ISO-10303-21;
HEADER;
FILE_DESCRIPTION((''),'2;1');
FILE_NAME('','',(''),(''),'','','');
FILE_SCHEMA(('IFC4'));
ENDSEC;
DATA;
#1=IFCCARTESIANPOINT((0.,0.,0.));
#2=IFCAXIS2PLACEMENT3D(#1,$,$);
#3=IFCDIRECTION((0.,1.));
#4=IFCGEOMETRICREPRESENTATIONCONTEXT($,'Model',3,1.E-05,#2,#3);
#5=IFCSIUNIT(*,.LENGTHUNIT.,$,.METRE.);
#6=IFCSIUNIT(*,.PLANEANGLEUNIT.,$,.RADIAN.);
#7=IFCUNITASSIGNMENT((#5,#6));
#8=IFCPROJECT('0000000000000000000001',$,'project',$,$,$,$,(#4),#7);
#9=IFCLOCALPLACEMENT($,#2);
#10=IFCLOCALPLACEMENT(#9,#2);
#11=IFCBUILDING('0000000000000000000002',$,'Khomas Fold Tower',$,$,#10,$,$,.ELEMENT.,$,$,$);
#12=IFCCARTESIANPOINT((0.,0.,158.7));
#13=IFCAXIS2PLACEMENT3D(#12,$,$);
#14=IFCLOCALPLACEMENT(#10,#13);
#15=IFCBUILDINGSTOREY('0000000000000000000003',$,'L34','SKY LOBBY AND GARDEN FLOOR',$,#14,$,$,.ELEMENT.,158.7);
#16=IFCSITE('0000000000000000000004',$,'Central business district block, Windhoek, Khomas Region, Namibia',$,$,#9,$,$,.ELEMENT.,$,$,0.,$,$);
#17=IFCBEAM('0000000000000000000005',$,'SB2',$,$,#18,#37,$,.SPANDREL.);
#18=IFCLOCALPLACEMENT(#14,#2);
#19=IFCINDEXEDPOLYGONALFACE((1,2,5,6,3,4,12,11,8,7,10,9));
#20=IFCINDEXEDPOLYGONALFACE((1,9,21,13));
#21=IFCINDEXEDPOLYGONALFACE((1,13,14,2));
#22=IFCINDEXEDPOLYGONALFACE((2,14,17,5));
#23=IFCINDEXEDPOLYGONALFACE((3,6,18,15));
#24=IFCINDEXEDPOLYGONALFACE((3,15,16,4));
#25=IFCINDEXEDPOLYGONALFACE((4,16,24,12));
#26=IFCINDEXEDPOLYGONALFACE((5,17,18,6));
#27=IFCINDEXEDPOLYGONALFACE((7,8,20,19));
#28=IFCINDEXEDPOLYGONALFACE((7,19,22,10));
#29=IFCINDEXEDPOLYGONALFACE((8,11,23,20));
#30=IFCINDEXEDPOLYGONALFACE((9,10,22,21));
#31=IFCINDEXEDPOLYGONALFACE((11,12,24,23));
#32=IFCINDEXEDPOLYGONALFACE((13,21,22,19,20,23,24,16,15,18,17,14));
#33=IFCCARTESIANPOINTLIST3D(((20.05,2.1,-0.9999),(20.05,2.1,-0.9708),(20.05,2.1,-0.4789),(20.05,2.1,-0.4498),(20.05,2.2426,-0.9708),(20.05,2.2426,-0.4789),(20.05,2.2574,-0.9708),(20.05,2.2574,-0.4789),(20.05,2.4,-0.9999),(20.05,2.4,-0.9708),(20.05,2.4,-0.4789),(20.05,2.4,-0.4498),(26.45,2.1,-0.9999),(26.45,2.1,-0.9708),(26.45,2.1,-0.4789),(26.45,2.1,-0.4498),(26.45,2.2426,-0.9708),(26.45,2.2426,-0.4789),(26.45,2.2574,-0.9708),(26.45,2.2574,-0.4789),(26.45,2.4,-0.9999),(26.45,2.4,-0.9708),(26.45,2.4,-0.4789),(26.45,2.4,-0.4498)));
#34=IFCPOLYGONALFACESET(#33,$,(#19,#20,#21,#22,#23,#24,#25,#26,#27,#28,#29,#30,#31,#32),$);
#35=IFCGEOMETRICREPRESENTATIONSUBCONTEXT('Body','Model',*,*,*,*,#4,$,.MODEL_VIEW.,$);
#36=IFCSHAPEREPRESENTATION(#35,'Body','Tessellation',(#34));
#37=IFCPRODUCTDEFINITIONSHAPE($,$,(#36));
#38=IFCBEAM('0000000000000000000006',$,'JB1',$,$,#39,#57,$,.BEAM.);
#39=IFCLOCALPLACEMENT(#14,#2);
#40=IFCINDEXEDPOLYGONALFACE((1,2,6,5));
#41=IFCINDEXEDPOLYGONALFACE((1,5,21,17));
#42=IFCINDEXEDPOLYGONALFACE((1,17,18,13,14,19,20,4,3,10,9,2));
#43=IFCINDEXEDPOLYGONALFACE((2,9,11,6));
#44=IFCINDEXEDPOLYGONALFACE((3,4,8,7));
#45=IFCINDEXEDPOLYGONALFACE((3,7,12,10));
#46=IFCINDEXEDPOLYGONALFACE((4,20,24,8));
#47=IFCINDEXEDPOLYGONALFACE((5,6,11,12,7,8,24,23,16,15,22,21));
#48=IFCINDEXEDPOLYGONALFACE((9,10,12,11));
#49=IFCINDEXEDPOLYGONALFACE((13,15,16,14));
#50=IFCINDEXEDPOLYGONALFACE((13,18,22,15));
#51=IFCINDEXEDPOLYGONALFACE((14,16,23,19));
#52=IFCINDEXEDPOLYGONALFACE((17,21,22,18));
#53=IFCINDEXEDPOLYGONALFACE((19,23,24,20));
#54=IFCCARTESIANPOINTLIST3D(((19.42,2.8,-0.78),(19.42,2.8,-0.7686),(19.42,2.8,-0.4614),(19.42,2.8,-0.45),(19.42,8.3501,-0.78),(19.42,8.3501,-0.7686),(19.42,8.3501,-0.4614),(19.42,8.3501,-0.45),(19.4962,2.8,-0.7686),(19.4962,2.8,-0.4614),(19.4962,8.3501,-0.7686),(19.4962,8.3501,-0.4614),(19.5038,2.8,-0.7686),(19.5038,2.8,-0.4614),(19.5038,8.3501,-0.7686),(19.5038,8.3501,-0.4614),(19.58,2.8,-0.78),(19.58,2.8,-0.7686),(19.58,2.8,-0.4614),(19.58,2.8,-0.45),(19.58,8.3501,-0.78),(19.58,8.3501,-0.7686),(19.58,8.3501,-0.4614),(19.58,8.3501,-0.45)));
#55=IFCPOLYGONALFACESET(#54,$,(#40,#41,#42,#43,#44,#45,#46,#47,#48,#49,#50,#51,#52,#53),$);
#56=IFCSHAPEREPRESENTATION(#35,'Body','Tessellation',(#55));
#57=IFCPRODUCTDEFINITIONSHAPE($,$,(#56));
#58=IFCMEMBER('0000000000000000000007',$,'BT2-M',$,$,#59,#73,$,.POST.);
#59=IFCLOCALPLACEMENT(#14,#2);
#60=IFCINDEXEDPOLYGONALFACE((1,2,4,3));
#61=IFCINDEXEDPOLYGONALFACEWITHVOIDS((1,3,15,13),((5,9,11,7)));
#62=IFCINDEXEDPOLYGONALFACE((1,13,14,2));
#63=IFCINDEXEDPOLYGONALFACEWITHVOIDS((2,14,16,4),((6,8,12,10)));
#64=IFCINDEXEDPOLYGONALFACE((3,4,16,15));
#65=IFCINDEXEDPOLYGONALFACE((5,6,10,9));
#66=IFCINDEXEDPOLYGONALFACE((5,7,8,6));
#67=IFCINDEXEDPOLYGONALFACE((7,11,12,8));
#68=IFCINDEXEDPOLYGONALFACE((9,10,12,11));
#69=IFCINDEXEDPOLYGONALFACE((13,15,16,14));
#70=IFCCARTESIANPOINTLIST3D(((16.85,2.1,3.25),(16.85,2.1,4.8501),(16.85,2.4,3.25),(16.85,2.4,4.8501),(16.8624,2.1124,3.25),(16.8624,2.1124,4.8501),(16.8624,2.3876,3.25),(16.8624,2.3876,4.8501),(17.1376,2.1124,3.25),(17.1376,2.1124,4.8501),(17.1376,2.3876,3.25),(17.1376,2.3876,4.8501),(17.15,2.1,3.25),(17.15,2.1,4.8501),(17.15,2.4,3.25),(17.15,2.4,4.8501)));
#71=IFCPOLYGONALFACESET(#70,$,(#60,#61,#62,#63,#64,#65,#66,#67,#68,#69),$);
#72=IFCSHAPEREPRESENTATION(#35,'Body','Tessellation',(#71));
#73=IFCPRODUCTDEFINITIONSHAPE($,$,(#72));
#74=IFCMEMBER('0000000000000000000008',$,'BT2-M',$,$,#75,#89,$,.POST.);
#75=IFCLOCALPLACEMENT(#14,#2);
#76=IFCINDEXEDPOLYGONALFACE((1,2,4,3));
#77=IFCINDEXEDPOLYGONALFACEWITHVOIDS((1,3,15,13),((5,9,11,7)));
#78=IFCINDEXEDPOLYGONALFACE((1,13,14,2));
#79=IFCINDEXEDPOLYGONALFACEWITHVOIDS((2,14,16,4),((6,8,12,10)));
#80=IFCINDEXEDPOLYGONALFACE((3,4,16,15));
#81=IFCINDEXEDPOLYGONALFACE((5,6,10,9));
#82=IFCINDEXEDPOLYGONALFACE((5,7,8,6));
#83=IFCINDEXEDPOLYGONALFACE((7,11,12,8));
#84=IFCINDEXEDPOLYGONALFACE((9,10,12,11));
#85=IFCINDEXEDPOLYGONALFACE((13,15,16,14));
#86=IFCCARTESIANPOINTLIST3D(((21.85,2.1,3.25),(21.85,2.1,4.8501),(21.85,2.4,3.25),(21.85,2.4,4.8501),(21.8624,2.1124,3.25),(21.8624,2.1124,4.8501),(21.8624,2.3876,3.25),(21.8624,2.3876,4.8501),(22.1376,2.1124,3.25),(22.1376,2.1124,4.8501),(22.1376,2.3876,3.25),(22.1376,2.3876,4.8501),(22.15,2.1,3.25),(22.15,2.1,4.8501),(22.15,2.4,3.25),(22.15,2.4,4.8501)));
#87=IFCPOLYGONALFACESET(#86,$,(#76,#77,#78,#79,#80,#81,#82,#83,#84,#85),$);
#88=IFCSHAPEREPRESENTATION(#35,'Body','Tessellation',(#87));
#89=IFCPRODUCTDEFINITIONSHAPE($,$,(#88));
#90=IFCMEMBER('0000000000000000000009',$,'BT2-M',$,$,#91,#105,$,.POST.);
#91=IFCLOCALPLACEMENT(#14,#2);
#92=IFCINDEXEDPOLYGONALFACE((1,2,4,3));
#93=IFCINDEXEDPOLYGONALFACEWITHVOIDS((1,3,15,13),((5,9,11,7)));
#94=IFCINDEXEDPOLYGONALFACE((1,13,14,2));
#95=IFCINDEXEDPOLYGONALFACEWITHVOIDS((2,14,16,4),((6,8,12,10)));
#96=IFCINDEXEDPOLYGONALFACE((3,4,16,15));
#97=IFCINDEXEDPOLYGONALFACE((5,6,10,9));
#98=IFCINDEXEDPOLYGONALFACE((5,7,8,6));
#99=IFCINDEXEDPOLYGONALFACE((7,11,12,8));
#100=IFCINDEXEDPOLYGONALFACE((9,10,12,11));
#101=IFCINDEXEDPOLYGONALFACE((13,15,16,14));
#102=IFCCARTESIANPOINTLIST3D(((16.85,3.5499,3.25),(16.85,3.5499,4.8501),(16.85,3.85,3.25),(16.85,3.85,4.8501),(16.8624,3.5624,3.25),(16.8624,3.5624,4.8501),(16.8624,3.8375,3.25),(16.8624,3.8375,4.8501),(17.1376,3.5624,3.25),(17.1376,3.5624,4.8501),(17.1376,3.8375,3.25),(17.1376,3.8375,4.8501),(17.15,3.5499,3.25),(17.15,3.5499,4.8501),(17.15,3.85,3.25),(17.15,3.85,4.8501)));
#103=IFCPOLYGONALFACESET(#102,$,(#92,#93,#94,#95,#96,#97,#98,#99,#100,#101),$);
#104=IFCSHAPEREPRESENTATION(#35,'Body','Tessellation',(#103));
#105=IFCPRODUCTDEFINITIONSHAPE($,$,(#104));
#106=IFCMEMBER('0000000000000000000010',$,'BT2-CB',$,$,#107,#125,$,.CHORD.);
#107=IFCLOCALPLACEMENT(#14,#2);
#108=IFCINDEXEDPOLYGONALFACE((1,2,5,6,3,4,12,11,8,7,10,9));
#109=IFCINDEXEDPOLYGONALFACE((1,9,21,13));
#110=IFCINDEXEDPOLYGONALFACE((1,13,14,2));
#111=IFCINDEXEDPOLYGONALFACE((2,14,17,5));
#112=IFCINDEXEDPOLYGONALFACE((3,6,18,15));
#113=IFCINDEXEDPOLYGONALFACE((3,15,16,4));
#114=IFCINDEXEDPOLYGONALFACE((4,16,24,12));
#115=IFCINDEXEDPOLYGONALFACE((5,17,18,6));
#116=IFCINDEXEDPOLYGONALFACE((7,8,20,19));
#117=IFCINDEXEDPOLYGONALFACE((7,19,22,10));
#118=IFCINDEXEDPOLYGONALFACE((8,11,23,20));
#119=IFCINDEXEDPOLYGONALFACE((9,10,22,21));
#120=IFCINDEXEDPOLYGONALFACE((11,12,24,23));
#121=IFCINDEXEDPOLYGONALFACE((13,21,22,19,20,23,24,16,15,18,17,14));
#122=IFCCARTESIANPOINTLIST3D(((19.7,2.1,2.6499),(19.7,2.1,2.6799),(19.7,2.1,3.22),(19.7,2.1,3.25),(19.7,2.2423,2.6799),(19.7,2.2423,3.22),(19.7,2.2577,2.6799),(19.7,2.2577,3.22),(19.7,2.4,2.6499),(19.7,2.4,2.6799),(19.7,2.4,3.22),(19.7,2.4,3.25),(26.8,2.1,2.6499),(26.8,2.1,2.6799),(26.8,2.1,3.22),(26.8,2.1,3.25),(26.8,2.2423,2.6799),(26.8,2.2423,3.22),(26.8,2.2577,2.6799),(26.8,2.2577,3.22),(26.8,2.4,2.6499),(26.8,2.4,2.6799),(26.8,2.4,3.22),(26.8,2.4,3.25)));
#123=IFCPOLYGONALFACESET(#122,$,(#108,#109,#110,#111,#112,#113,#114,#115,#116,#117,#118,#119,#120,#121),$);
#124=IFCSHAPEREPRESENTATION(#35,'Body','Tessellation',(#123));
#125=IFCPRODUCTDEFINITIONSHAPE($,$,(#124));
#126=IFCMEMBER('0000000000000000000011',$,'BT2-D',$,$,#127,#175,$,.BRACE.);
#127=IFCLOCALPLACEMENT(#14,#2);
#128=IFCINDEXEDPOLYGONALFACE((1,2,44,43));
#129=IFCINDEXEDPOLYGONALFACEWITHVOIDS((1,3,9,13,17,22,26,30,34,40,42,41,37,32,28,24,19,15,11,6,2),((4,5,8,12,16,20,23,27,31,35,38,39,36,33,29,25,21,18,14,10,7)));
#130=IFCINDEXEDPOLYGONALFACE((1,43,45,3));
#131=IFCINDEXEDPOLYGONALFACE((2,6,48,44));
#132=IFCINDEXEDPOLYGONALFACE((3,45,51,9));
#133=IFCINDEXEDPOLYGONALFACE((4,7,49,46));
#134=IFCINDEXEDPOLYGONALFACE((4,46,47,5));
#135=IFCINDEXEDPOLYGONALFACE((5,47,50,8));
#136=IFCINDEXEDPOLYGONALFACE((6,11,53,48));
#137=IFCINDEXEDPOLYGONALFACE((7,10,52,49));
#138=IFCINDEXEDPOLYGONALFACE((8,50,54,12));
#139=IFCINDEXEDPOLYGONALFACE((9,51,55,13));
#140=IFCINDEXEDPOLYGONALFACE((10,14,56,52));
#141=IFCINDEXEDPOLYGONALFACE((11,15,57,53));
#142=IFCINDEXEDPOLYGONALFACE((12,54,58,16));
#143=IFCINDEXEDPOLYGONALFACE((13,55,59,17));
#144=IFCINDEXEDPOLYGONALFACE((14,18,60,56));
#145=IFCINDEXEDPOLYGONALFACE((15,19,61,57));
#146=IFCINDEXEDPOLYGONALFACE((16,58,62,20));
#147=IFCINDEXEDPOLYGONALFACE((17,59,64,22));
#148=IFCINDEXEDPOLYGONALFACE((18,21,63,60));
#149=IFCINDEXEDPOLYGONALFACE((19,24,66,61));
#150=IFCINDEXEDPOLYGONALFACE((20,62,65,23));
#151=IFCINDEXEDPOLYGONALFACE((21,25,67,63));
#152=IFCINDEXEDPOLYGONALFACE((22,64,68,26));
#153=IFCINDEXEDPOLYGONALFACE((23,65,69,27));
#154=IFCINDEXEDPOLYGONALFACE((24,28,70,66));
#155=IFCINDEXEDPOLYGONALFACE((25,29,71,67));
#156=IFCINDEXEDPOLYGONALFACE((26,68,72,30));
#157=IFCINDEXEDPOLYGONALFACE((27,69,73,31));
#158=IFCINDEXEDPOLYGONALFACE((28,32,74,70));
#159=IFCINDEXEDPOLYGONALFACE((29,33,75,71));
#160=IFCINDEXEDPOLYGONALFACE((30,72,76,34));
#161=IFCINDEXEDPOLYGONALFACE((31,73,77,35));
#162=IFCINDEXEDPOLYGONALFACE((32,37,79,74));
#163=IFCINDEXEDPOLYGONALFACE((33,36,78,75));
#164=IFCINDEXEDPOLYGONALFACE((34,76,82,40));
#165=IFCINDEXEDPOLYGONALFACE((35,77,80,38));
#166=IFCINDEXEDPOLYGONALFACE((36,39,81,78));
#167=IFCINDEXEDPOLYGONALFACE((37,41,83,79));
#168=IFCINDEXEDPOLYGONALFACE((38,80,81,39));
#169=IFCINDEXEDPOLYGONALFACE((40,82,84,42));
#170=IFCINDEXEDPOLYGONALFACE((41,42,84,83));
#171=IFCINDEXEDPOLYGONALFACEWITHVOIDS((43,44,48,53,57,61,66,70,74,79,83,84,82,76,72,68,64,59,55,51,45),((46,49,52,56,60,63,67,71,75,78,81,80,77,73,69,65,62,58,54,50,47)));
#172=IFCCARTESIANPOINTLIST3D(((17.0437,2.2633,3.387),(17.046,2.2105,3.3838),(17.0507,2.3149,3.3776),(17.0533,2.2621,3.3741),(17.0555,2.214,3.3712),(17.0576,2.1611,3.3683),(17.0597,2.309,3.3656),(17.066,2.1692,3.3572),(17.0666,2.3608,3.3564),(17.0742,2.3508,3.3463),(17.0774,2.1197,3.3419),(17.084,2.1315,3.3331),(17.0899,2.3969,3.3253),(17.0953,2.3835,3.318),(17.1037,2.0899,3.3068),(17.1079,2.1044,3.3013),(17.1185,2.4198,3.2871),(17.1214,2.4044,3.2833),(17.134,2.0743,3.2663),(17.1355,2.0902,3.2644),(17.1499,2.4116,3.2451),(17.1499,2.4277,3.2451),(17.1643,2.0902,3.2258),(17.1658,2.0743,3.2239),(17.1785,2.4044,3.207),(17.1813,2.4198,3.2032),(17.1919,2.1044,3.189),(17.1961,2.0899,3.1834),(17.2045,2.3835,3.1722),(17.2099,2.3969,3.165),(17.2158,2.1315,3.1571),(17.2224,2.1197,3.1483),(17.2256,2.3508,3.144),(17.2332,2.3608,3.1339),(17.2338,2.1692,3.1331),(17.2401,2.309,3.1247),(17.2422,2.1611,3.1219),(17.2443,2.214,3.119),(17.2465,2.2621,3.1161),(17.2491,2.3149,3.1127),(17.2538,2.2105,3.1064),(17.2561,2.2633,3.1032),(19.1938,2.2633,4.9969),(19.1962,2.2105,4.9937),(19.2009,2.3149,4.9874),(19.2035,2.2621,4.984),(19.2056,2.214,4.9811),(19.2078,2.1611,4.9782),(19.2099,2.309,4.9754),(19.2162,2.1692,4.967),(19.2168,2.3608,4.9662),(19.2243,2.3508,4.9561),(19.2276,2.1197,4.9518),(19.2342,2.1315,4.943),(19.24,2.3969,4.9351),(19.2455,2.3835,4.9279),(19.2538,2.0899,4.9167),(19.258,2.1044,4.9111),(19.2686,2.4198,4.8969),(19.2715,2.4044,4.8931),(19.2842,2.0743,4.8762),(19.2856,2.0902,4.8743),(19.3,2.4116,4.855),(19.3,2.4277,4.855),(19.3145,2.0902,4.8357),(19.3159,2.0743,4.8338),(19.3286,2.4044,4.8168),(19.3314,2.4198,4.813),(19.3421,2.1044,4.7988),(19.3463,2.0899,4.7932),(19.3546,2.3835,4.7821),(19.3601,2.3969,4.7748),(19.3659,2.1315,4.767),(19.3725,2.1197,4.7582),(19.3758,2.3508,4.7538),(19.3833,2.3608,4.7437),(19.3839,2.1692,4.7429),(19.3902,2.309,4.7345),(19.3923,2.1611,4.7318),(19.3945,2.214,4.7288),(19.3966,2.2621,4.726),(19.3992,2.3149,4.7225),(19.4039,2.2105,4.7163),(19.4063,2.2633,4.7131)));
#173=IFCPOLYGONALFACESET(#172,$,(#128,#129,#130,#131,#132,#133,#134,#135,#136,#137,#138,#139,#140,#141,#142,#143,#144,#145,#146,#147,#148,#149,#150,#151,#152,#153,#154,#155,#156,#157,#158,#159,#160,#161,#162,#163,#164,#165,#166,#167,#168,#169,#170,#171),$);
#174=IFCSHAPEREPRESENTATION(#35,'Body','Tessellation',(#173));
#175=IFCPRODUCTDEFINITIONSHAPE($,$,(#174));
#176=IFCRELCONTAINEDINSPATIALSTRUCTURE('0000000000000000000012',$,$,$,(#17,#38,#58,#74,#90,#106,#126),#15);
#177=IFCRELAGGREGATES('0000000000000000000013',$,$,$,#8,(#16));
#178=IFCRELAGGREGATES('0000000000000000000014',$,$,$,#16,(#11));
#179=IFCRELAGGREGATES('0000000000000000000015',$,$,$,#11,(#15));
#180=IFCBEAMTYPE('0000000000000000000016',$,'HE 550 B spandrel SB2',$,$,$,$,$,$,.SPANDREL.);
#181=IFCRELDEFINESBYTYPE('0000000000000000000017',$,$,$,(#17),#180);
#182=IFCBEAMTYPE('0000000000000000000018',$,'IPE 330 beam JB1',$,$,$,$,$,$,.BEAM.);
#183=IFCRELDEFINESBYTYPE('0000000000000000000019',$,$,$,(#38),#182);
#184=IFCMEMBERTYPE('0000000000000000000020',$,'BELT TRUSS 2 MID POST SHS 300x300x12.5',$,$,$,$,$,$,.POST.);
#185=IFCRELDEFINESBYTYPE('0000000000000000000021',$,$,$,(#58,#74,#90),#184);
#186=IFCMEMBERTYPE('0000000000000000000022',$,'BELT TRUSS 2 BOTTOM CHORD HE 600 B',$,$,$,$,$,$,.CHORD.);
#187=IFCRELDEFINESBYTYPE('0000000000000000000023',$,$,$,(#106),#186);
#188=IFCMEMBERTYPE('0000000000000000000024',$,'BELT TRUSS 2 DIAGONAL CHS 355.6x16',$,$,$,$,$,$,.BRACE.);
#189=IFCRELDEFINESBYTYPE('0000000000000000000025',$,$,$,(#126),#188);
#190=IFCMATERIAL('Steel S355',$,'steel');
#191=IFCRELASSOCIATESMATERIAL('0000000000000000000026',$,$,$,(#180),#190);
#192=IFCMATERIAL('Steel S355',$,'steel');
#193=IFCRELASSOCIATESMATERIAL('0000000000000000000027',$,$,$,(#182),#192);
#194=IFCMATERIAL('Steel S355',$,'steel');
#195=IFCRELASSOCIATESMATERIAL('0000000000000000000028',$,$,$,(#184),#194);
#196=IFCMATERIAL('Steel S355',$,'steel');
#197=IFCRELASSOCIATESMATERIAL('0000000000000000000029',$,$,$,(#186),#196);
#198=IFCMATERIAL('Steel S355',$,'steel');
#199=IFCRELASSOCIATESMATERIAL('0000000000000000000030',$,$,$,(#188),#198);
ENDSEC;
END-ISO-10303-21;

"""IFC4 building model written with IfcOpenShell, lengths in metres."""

from ifc_helpers import new_model, si_unit, direction, frame, origin, origin_2d, place, context, subcontext, project, spatial, hollow_rectangle, hollow_circle, i_section, extrude, source, transform, mapped, material, material_profile, profile_set, type_object, element, save


model = new_model("IFC4")

# Units and contexts
model_context = context("Model", 3, precision=1e-05, world=origin(), true_north=direction((0.0, 1.0)))
body_context = subcontext(model_context, "Body", "Model", "MODEL_VIEW")
ifc_project = project(units=[si_unit("LENGTHUNIT", "METRE"), si_unit("PLANEANGLEUNIT", "RADIAN")], contexts=[model_context])

# Site, building, storey
site_placement = place(None, origin())
site = spatial("IfcSite", under=ifc_project, at=site_placement, Name="Central business district block, Windhoek, Khomas Region, Namibia", CompositionType="ELEMENT", RefElevation=0.0)
building_placement = place(site_placement, origin())
building = spatial("IfcBuilding", under=site, at=building_placement, Name="Khomas Fold Tower", CompositionType="ELEMENT")
storey_placement = place(building_placement, frame((0.0, 0.0, 158.7)))
storey = spatial("IfcBuildingStorey", under=building, at=storey_placement, Name="L34", Description="SKY LOBBY AND GARDEN FLOOR", CompositionType="ELEMENT", Elevation=158.7)

# Beams
ifc_material_1 = material(Name="Steel S355", Category="steel")
ifc_material_profile_1 = material_profile(ifc_material_1, i_section(OverallWidth=0.3, OverallDepth=0.55, WebThickness=0.0149, FlangeThickness=0.0291, at=origin_2d()), Name="HE 550 B")
ifc_profile_set_1 = profile_set([ifc_material_profile_1], Name="Steel S355")
beam_type_1 = type_object("IfcBeamType", Name="HE 550 B spandrel SB2", PredefinedType="SPANDREL", material=ifc_profile_set_1)
shared_shape_1 = source(origin(), body_context, "Body", "SweptSolid", [
    extrude(i_section(OverallWidth=0.3, OverallDepth=0.55, WebThickness=0.0149, FlangeThickness=0.0291, at=origin_2d()), origin(), (0.0, 0.0, 1.0), 6.3999),
])
beam_1_placement = place(storey_placement, frame((20.05, 2.25, -0.7249), z_axis=(1.0, 0.0, 0.0), x_axis=(0.0, 1.0, 0.0)))
element("IfcBeam", 1, at=beam_1_placement, inside=storey, type_object=beam_type_1, Name="SB2", PredefinedType="SPANDREL", context=body_context, shape_type="MappedRepresentation", body=[
    mapped(shared_shape_1, transform((0.0, 0.0, 0.0))),
])
ifc_material_2 = material(Name="Steel S355", Category="steel")
ifc_material_profile_2 = material_profile(ifc_material_2, i_section(OverallWidth=0.1599, OverallDepth=0.3301, WebThickness=0.0076, FlangeThickness=0.0115, at=origin_2d()), Name="IPE 330")
ifc_profile_set_2 = profile_set([ifc_material_profile_2], Name="Steel S355")
beam_type_2 = type_object("IfcBeamType", Name="IPE 330 beam JB1", PredefinedType="BEAM", material=ifc_profile_set_2)
shared_shape_2 = source(origin(), body_context, "Body", "SweptSolid", [
    extrude(i_section(OverallWidth=0.1599, OverallDepth=0.3301, WebThickness=0.0076, FlangeThickness=0.0115, at=origin_2d()), origin(), (0.0, 0.0, 1.0), 5.55),
])
beam_2_placement = place(storey_placement, frame((19.5, 2.8, -0.615), z_axis=(0.0, 1.0, 0.0), x_axis=(-1.0, 0.0, 0.0)))
element("IfcBeam", 2, at=beam_2_placement, inside=storey, type_object=beam_type_2, Name="JB1", PredefinedType="BEAM", context=body_context, shape_type="MappedRepresentation", body=[
    mapped(shared_shape_2, transform((0.0, 0.0, 0.0))),
])

# Members
ifc_material_3 = material(Name="Steel S355", Category="steel")
ifc_material_profile_3 = material_profile(ifc_material_3, hollow_rectangle(XDim=0.3, YDim=0.3, WallThickness=0.0125, at=origin_2d()), Name="SHS 300x300x12.5")
ifc_profile_set_3 = profile_set([ifc_material_profile_3], Name="Steel S355")
member_type_1 = type_object("IfcMemberType", Name="BELT TRUSS 2 MID POST SHS 300x300x12.5", PredefinedType="POST", material=ifc_profile_set_3)
shared_shape_3 = source(origin(), body_context, "Body", "SweptSolid", [
    extrude(hollow_rectangle(XDim=0.3, YDim=0.3, WallThickness=0.0125, at=origin_2d()), origin(), (0.0, 0.0, 1.0), 1.6001),
])
for number, where, z_axis, x_axis, name in (
    (3, (17.0, 2.25, 3.25), (0.0, 0.0, 1.0), (1.0, 0.0, 0.0), "BT2-M"),
    (4, (22.0, 2.25, 3.25), (0.0, 0.0, 1.0), (1.0, 0.0, 0.0), "BT2-M"),
    (5, (17.0, 3.7, 3.25), (0.0, 0.0, 1.0), (1.0, 0.0, 0.0), "BT2-M"),
):
    element("IfcMember", number, at=place(storey_placement, frame(where, z_axis=z_axis, x_axis=x_axis)), inside=storey, type_object=member_type_1, Name=name, PredefinedType="POST", context=body_context, shape_type="MappedRepresentation", body=[
        mapped(shared_shape_3, transform((0.0, 0.0, 0.0))),
    ])
ifc_material_4 = material(Name="Steel S355", Category="steel")
ifc_material_profile_4 = material_profile(ifc_material_4, i_section(OverallWidth=0.3, OverallDepth=0.6001, WebThickness=0.0154, FlangeThickness=0.03, at=origin_2d()), Name="HE 600 B")
ifc_profile_set_4 = profile_set([ifc_material_profile_4], Name="Steel S355")
member_type_2 = type_object("IfcMemberType", Name="BELT TRUSS 2 BOTTOM CHORD HE 600 B", PredefinedType="CHORD", material=ifc_profile_set_4)
shared_shape_4 = source(origin(), body_context, "Body", "SweptSolid", [
    extrude(i_section(OverallWidth=0.3, OverallDepth=0.6001, WebThickness=0.0154, FlangeThickness=0.03, at=origin_2d()), origin(), (0.0, 0.0, 1.0), 7.1001),
])
member_1_placement = place(storey_placement, frame((19.7, 2.25, 2.95), z_axis=(1.0, 0.0, 0.0), x_axis=(0.0, 1.0, 0.0)))
element("IfcMember", 6, at=member_1_placement, inside=storey, type_object=member_type_2, Name="BT2-CB", PredefinedType="CHORD", context=body_context, shape_type="MappedRepresentation", body=[
    mapped(shared_shape_4, transform((0.0, 0.0, 0.0))),
])
ifc_material_5 = material(Name="Steel S355", Category="steel")
ifc_material_profile_5 = material_profile(ifc_material_5, hollow_circle(Radius=0.1777, WallThickness=0.0161, at=origin_2d()), Name="CHS 355.6x16")
ifc_profile_set_5 = profile_set([ifc_material_profile_5], Name="Steel S355")
member_type_3 = type_object("IfcMemberType", Name="BELT TRUSS 2 DIAGONAL CHS 355.6x16", PredefinedType="BRACE", material=ifc_profile_set_5)
shared_shape_5 = source(origin(), body_context, "Body", "SweptSolid", [
    extrude(hollow_circle(Radius=0.1777, WallThickness=0.0161, at=origin_2d()), origin(), (0.0, 0.0, 1.0), 2.686),
])
for number, where, z_axis, x_axis, name in (
    (7, (17.1499, 2.25, 3.2451), (0.800491, 0.0, 0.599345), (0.0, 1.0, 0.0), "BT2-D"),
):
    element("IfcMember", number, at=place(storey_placement, frame(where, z_axis=z_axis, x_axis=x_axis)), inside=storey, type_object=member_type_3, Name=name, PredefinedType="BRACE", context=body_context, shape_type="MappedRepresentation", body=[
        mapped(shared_shape_5, transform((0.0, 0.0, 0.0))),
    ])

save(model, "model.ifc")
